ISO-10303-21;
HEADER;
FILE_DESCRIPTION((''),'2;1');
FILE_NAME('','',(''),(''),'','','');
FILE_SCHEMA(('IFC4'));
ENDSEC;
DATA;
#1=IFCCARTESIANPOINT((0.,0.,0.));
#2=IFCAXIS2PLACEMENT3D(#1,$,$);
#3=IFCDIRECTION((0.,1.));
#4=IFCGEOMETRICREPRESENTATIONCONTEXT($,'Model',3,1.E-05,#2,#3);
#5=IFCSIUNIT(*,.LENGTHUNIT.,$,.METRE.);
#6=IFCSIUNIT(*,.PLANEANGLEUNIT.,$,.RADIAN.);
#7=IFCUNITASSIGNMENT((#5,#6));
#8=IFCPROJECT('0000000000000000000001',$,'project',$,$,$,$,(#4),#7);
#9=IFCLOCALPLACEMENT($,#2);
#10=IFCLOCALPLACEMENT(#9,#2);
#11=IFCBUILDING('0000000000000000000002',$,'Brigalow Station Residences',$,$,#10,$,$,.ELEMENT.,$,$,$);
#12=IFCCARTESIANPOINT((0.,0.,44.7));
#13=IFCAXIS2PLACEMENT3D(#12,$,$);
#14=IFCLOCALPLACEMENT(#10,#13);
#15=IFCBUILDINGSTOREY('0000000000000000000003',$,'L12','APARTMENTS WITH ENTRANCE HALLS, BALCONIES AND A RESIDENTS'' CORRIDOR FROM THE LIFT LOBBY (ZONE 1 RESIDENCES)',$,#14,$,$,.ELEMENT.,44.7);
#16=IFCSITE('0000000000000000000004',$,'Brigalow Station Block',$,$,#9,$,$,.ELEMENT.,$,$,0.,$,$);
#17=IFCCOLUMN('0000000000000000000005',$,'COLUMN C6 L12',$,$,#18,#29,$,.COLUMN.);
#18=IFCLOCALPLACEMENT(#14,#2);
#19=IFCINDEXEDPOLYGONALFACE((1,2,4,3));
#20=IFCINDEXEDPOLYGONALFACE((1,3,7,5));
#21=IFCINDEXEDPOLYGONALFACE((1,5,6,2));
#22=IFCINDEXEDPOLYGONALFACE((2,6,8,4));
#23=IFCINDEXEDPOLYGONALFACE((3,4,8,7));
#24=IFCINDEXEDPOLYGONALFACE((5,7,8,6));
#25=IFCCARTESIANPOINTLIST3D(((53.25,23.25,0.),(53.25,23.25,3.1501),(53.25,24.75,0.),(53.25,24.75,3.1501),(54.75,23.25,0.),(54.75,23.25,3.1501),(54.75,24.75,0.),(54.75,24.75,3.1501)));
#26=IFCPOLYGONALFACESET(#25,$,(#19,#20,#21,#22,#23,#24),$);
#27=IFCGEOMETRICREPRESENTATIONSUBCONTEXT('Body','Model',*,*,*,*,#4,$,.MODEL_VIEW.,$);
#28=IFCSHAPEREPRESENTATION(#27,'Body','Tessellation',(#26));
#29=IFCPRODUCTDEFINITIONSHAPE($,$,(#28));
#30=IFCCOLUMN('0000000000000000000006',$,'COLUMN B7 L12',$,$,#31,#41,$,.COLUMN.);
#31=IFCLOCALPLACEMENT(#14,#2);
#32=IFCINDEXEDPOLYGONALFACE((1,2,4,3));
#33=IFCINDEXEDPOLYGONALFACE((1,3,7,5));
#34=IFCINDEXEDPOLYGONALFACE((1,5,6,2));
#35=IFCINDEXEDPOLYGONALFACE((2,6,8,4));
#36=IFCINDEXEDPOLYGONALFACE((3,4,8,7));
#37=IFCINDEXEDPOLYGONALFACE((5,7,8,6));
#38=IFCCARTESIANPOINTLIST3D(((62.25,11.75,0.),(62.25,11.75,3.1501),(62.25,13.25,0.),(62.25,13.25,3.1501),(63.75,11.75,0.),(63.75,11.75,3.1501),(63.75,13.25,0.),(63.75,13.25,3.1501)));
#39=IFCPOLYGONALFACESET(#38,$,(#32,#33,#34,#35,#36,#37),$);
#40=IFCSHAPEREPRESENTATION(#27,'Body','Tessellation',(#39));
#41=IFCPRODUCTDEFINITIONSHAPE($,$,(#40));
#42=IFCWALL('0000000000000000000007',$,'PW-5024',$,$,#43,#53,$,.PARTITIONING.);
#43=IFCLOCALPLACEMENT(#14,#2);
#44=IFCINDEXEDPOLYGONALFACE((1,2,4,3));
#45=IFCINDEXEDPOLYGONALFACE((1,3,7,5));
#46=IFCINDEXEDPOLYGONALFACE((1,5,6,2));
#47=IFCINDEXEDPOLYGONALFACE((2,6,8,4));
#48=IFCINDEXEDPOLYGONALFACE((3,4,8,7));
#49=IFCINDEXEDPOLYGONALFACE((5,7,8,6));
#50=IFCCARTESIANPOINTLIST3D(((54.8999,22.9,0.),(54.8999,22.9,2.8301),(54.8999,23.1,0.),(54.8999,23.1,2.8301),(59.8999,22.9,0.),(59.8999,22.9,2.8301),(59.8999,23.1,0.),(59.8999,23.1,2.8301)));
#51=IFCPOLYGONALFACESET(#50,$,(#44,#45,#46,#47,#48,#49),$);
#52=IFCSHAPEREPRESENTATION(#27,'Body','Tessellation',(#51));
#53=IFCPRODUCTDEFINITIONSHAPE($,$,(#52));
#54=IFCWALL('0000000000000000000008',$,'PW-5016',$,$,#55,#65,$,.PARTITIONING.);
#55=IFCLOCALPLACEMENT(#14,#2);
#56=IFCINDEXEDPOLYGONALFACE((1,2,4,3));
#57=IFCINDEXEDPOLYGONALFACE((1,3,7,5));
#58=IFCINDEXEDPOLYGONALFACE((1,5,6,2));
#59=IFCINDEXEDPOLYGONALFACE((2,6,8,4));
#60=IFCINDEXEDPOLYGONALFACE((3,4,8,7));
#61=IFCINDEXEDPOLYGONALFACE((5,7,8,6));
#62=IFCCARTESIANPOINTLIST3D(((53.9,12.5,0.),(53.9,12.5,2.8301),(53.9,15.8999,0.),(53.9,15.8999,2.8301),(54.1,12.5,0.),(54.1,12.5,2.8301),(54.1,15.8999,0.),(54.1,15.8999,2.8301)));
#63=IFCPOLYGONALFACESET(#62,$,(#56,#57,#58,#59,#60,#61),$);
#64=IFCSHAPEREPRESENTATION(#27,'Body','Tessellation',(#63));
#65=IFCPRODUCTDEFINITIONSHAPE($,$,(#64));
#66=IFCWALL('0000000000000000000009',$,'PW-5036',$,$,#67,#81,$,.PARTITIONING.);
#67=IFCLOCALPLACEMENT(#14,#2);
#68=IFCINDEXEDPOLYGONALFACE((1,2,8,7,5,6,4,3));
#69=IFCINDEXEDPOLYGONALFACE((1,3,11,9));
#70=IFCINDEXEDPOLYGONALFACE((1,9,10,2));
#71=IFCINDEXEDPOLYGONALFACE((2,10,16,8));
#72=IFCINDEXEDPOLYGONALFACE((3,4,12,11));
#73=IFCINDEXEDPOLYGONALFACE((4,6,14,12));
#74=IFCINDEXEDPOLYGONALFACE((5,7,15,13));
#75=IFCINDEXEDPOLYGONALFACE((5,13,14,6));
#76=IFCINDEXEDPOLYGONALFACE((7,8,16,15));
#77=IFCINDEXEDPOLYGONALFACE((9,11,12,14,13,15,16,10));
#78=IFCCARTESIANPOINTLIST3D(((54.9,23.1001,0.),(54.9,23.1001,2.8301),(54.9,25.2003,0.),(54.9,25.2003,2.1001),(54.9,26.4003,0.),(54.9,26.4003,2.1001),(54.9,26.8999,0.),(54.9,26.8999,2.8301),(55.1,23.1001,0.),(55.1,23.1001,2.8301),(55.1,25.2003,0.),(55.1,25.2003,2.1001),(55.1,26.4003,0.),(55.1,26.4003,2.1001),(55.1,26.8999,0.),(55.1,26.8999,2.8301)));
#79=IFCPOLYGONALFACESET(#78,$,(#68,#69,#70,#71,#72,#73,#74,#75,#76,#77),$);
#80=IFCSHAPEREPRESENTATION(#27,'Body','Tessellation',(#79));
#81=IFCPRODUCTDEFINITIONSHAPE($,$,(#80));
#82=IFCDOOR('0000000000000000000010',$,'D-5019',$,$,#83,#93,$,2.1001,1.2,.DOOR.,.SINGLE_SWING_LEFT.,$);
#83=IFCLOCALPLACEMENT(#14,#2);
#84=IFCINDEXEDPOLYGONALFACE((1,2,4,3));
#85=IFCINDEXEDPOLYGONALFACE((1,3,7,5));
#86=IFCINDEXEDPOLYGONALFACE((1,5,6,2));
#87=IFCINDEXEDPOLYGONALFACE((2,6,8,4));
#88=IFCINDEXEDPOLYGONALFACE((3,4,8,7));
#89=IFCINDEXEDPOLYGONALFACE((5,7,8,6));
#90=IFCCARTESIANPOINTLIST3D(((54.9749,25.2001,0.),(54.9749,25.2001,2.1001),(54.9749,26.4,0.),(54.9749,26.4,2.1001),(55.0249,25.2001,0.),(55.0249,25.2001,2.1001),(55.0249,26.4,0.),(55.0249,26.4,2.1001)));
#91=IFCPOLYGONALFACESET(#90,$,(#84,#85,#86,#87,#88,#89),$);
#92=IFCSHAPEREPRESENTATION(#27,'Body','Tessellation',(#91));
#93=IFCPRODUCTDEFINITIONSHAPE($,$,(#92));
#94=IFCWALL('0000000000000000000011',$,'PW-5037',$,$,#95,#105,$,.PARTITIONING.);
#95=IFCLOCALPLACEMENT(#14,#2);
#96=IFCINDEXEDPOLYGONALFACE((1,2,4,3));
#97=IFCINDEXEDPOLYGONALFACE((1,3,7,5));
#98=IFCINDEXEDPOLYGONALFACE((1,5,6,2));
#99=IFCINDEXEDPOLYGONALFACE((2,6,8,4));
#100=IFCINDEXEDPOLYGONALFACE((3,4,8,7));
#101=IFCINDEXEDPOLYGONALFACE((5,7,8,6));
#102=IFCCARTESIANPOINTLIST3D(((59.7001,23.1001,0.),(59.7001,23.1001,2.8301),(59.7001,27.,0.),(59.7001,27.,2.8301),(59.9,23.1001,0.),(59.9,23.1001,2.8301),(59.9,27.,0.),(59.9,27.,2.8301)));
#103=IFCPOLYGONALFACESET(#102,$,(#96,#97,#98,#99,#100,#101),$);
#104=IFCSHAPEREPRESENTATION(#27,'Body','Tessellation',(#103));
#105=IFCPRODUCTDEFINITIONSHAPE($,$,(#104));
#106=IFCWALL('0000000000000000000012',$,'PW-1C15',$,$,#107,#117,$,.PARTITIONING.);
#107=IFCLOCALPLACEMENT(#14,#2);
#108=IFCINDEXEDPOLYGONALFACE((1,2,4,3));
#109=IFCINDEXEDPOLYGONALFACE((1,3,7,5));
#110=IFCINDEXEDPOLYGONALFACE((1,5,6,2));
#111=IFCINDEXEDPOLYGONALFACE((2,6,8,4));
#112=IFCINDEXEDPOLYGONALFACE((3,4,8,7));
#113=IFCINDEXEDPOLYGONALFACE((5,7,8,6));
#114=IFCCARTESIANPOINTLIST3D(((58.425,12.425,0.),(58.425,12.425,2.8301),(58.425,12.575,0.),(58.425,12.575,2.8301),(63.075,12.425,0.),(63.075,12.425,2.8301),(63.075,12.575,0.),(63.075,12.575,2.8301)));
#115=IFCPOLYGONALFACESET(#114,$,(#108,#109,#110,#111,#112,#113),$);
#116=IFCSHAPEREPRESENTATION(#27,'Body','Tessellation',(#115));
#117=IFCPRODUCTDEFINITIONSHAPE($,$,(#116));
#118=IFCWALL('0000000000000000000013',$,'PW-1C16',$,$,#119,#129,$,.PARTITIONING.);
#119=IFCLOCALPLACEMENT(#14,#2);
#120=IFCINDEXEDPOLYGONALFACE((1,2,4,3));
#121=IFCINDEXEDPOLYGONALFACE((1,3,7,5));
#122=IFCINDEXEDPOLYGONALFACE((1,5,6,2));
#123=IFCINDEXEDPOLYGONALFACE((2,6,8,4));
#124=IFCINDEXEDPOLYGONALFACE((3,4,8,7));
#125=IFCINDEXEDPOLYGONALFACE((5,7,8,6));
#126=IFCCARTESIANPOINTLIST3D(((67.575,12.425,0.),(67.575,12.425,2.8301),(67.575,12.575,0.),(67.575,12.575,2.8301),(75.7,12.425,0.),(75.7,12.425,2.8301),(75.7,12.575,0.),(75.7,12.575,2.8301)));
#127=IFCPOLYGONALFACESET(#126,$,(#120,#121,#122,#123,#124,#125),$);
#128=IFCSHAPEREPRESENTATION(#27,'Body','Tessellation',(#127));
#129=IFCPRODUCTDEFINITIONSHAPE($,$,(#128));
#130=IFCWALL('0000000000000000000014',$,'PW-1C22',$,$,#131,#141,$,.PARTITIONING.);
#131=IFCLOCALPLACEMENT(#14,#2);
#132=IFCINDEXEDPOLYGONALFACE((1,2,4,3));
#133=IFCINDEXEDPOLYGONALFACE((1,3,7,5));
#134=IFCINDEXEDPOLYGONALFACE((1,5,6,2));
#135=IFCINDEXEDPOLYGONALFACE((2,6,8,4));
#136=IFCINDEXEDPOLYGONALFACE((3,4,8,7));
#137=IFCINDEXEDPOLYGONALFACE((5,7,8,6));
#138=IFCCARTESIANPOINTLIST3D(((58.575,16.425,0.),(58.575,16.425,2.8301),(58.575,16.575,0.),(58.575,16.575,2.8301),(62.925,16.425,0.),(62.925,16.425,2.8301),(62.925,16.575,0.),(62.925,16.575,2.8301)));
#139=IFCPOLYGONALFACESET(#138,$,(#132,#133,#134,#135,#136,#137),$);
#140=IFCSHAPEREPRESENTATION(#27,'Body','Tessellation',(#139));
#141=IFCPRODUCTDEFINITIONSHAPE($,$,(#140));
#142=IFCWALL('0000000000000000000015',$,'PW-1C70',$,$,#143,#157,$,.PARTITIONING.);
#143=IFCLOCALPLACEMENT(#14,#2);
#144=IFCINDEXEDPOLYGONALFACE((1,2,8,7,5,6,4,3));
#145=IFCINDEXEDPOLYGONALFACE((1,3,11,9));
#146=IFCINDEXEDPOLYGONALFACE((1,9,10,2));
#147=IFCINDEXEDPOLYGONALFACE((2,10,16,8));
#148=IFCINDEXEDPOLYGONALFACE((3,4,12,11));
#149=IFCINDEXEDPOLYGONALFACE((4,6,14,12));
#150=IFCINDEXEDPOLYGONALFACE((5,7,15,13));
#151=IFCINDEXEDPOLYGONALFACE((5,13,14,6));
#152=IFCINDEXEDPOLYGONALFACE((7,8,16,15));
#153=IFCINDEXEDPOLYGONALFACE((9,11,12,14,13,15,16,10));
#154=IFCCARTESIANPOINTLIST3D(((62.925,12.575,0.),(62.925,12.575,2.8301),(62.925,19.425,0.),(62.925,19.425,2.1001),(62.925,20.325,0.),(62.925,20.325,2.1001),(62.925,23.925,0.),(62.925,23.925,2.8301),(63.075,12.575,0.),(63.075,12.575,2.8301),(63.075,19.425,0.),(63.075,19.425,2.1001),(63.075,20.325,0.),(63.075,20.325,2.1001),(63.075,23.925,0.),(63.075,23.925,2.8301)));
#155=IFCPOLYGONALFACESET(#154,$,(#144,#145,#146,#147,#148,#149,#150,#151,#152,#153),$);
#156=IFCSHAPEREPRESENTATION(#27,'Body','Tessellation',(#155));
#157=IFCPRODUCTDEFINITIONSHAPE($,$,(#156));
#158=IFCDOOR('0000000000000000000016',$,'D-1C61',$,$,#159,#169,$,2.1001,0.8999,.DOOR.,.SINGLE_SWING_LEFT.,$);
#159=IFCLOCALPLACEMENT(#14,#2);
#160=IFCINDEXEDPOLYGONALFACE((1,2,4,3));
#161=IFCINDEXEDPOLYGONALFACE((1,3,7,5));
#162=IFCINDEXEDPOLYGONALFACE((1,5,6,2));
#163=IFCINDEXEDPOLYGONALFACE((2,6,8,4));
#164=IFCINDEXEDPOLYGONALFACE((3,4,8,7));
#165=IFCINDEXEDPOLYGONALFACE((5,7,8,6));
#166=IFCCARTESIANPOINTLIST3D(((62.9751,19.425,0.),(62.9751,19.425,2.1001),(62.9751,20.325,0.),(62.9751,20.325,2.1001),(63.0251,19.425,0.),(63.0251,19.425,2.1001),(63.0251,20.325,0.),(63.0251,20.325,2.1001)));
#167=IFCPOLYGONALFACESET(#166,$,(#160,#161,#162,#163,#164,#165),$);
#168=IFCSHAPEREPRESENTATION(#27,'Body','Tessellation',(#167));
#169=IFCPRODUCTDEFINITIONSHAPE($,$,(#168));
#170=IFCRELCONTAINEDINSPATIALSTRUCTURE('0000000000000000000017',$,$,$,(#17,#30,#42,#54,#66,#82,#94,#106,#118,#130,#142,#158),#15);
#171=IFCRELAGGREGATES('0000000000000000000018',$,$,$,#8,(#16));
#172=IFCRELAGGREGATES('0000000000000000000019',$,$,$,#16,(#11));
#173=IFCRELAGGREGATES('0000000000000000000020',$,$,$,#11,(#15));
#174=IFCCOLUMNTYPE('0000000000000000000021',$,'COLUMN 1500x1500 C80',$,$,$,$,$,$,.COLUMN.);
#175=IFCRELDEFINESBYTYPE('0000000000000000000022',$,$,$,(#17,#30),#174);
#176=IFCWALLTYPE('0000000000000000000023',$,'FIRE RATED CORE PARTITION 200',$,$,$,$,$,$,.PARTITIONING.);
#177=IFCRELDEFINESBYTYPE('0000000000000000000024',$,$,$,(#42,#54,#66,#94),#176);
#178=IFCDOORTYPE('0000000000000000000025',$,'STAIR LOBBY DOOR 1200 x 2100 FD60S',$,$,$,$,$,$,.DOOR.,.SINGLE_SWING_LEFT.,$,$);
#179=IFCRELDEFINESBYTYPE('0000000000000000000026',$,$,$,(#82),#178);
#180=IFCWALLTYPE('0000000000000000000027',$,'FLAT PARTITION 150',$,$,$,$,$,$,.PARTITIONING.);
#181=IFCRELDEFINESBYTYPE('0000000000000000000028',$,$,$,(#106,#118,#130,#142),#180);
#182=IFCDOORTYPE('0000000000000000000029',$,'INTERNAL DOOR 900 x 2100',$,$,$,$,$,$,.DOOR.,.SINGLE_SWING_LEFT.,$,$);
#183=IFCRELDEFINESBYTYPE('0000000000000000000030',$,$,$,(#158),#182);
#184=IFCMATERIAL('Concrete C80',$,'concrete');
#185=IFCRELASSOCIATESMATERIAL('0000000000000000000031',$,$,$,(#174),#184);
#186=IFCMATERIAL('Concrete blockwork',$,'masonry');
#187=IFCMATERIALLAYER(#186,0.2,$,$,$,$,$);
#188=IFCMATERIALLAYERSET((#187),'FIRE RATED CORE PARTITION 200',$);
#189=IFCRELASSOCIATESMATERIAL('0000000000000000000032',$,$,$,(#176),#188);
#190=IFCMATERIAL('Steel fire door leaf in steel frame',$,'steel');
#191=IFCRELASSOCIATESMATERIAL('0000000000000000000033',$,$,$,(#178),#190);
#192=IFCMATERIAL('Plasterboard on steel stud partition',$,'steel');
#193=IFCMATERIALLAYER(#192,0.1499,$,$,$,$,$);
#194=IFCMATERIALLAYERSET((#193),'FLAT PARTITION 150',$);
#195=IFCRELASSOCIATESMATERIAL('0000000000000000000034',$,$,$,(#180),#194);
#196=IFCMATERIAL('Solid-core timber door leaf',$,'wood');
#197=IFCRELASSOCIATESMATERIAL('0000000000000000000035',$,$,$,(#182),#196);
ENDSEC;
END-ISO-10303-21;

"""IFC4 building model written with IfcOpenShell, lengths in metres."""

from ifc_helpers import new_model, si_unit, direction, frame, frame_2d, origin, origin_2d, place, context, subcontext, project, spatial, rectangle, extrude, material, layer, layer_set, material_profile, profile_set, type_object, element, fill, save


model = new_model("IFC4")

# Units and contexts
model_context = context("Model", 3, precision=1e-05, world=origin(), true_north=direction((0.0, 1.0)))
body_context = subcontext(model_context, "Body", "Model", "MODEL_VIEW")
ifc_project = project(units=[si_unit("LENGTHUNIT", "METRE"), si_unit("PLANEANGLEUNIT", "RADIAN")], contexts=[model_context])

# Site, building, storey
site_placement = place(None, origin())
site = spatial("IfcSite", under=ifc_project, at=site_placement, Name="Brigalow Station Block", CompositionType="ELEMENT", RefElevation=0.0)
building_placement = place(site_placement, origin())
building = spatial("IfcBuilding", under=site, at=building_placement, Name="Brigalow Station Residences", CompositionType="ELEMENT")
storey_placement = place(building_placement, frame((0.0, 0.0, 44.7)))
storey = spatial("IfcBuildingStorey", under=building, at=storey_placement, Name="L12", Description="APARTMENTS WITH ENTRANCE HALLS, BALCONIES AND A RESIDENTS' CORRIDOR FROM THE LIFT LOBBY (ZONE 1 RESIDENCES)", CompositionType="ELEMENT", Elevation=44.7)

# Columns
ifc_material_1 = material(Name="Concrete C80", Category="concrete")
ifc_material_profile = material_profile(ifc_material_1, rectangle(XDim=1.5, YDim=1.5, at=origin_2d()), Name="RC1500x1500")
ifc_profile_set = profile_set([ifc_material_profile], Name="Concrete C80")
column_type = type_object("IfcColumnType", Name="COLUMN 1500x1500 C80", PredefinedType="COLUMN", material=ifc_profile_set)
for number, where, z_axis, x_axis, name in (
    (1, (54.0, 24.0, 0.0), (0.0, 0.0, 1.0), (1.0, 0.0, 0.0), "COLUMN C6 L12"),
    (2, (63.0, 12.5, 0.0), (0.0, 0.0, 1.0), (1.0, 0.0, 0.0), "COLUMN B7 L12"),
):
    element("IfcColumn", number, at=place(storey_placement, frame(where, z_axis=z_axis, x_axis=x_axis)), inside=storey, type_object=column_type, Name=name, PredefinedType="COLUMN", context=body_context, shape_type="SweptSolid", body=[
        extrude(rectangle(XDim=1.5, YDim=1.5, at=origin_2d()), origin(), (0.0, 0.0, 1.0), 3.1501),
    ])

# Walls
ifc_material_2 = material(Name="Concrete blockwork", Category="masonry")
ifc_layer_1 = layer(ifc_material_2, 0.2)
ifc_layer_set_1 = layer_set([ifc_layer_1], Name="FIRE RATED CORE PARTITION 200")
wall_type_1 = type_object("IfcWallType", Name="FIRE RATED CORE PARTITION 200", PredefinedType="PARTITIONING", material=ifc_layer_set_1)
wall_1_placement = place(storey_placement, frame((54.8999, 23.0, 0.0), z_axis=(0.0, 0.0, 1.0), x_axis=(1.0, 0.0, 0.0)))
element("IfcWall", 3, at=wall_1_placement, inside=storey, type_object=wall_type_1, Name="PW-5024", PredefinedType="PARTITIONING", context=body_context, shape_type="SweptSolid", body=[
    extrude(rectangle(XDim=5.0, YDim=0.2, at=frame_2d((2.5, 0.0))), origin(), (0.0, 0.0, 1.0), 2.8301),
])
wall_2_placement = place(storey_placement, frame((54.0, 12.5, 0.0), z_axis=(0.0, 0.0, 1.0), x_axis=(0.0, 1.0, 0.0)))
element("IfcWall", 4, at=wall_2_placement, inside=storey, type_object=wall_type_1, Name="PW-5016", PredefinedType="PARTITIONING", context=body_context, shape_type="SweptSolid", body=[
    extrude(rectangle(XDim=3.3999, YDim=0.2, at=frame_2d((1.7, 0.0))), origin(), (0.0, 0.0, 1.0), 2.8301),
])

# Wall, opening, door
wall_3_placement = place(storey_placement, frame((55.0, 23.1001, 0.0), z_axis=(0.0, 0.0, 1.0), x_axis=(0.0, 1.0, 0.0)))
wall_3 = element("IfcWall", 5, at=wall_3_placement, inside=storey, type_object=wall_type_1, Name="PW-5036", PredefinedType="PARTITIONING", context=body_context, shape_type="SweptSolid", body=[
    extrude(rectangle(XDim=3.7998, YDim=0.2, at=frame_2d((1.8999, 0.0))), origin(), (0.0, 0.0, 1.0), 2.8301),
])
opening_1_placement = place(wall_3_placement, frame((2.1001, 0.0, 0.0)))
opening_1 = element("IfcOpeningElement", 6, at=opening_1_placement, cuts=wall_3, PredefinedType="OPENING", context=body_context, shape_type="SweptSolid", body=[
    extrude(rectangle(XDim=1.2, YDim=2.1001, at=frame_2d((0.6001, 1.05))), frame((0.0, 0.1099, 0.0), z_axis=(0.0, -1.0, 0.0), x_axis=(1.0, 0.0, 0.0)), (0.0, 0.0, 1.0), 0.22),
])
ifc_material_3 = material(Name="Steel fire door leaf in steel frame", Category="steel")
door_type_1 = type_object("IfcDoorType", Name="STAIR LOBBY DOOR 1200 x 2100 FD60S", OperationType="SINGLE_SWING_LEFT", PredefinedType="DOOR", material=ifc_material_3)
door_1_placement = place(opening_1_placement, frame((1.2, 0.0, 0.0), z_axis=(0.0, 0.0, 1.0), x_axis=(-1.0, 0.0, 0.0)))
door_1 = element("IfcDoor", 7, at=door_1_placement, inside=storey, type_object=door_type_1, Name="D-5019", OperationType="SINGLE_SWING_LEFT", OverallHeight=2.1001, OverallWidth=1.2, PredefinedType="DOOR", context=body_context, shape_type="SweptSolid", body=[
    extrude(rectangle(XDim=1.2, YDim=2.1001, at=frame_2d((0.6001, 1.05))), frame((0.0, 0.0249, 0.0), z_axis=(0.0, -1.0, 0.0), x_axis=(1.0, 0.0, 0.0)), (0.0, 0.0, 1.0), 0.05),
])
fill(opening_1, door_1)

# Walls
wall_4_placement = place(storey_placement, frame((59.8, 23.1001, 0.0), z_axis=(0.0, 0.0, 1.0), x_axis=(0.0, 1.0, 0.0)))
element("IfcWall", 8, at=wall_4_placement, inside=storey, type_object=wall_type_1, Name="PW-5037", PredefinedType="PARTITIONING", context=body_context, shape_type="SweptSolid", body=[
    extrude(rectangle(XDim=3.8999, YDim=0.2, at=frame_2d((1.95, 0.0))), origin(), (0.0, 0.0, 1.0), 2.8301),
])
ifc_material_4 = material(Name="Plasterboard on steel stud partition", Category="steel")
ifc_layer_2 = layer(ifc_material_4, 0.1499)
ifc_layer_set_2 = layer_set([ifc_layer_2], Name="FLAT PARTITION 150")
wall_type_2 = type_object("IfcWallType", Name="FLAT PARTITION 150", PredefinedType="PARTITIONING", material=ifc_layer_set_2)
wall_5_placement = place(storey_placement, frame((58.425, 12.5, 0.0), z_axis=(0.0, 0.0, 1.0), x_axis=(1.0, 0.0, 0.0)))
element("IfcWall", 9, at=wall_5_placement, inside=storey, type_object=wall_type_2, Name="PW-1C15", PredefinedType="PARTITIONING", context=body_context, shape_type="SweptSolid", body=[
    extrude(rectangle(XDim=4.6499, YDim=0.1499, at=frame_2d((2.325, 0.0))), origin(), (0.0, 0.0, 1.0), 2.8301),
])
wall_6_placement = place(storey_placement, frame((67.575, 12.5, 0.0), z_axis=(0.0, 0.0, 1.0), x_axis=(1.0, 0.0, 0.0)))
element("IfcWall", 10, at=wall_6_placement, inside=storey, type_object=wall_type_2, Name="PW-1C16", PredefinedType="PARTITIONING", context=body_context, shape_type="SweptSolid", body=[
    extrude(rectangle(XDim=8.125, YDim=0.1499, at=frame_2d((4.0625, 0.0))), origin(), (0.0, 0.0, 1.0), 2.8301),
])
wall_7_placement = place(storey_placement, frame((58.575, 16.5, 0.0), z_axis=(0.0, 0.0, 1.0), x_axis=(1.0, 0.0, 0.0)))
element("IfcWall", 11, at=wall_7_placement, inside=storey, type_object=wall_type_2, Name="PW-1C22", PredefinedType="PARTITIONING", context=body_context, shape_type="SweptSolid", body=[
    extrude(rectangle(XDim=4.3501, YDim=0.1499, at=frame_2d((2.175, 0.0))), origin(), (0.0, 0.0, 1.0), 2.8301),
])

# Wall, opening, door
wall_8_placement = place(storey_placement, frame((63.0, 12.575, 0.0), z_axis=(0.0, 0.0, 1.0), x_axis=(0.0, 1.0, 0.0)))
wall_8 = element("IfcWall", 12, at=wall_8_placement, inside=storey, type_object=wall_type_2, Name="PW-1C70", PredefinedType="PARTITIONING", context=body_context, shape_type="SweptSolid", body=[
    extrude(rectangle(XDim=11.3501, YDim=0.1499, at=frame_2d((5.675, 0.0))), origin(), (0.0, 0.0, 1.0), 2.8301),
])
opening_2_placement = place(wall_8_placement, frame((6.8501, 0.0, 0.0)))
opening_2 = element("IfcOpeningElement", 13, at=opening_2_placement, cuts=wall_8, PredefinedType="OPENING", context=body_context, shape_type="SweptSolid", body=[
    extrude(rectangle(XDim=0.8999, YDim=2.1001, at=frame_2d((0.45, 1.05))), frame((0.0, 0.085, 0.0), z_axis=(0.0, -1.0, 0.0), x_axis=(1.0, 0.0, 0.0)), (0.0, 0.0, 1.0), 0.1699),
])
ifc_material_5 = material(Name="Solid-core timber door leaf", Category="wood")
door_type_2 = type_object("IfcDoorType", Name="INTERNAL DOOR 900 x 2100", OperationType="SINGLE_SWING_LEFT", PredefinedType="DOOR", material=ifc_material_5)
door_2_placement = place(opening_2_placement, origin())
door_2 = element("IfcDoor", 14, at=door_2_placement, inside=storey, type_object=door_type_2, Name="D-1C61", OperationType="SINGLE_SWING_LEFT", OverallHeight=2.1001, OverallWidth=0.8999, PredefinedType="DOOR", context=body_context, shape_type="SweptSolid", body=[
    extrude(rectangle(XDim=0.8999, YDim=2.1001, at=frame_2d((0.45, 1.05))), frame((0.0, 0.0249, 0.0), z_axis=(0.0, -1.0, 0.0), x_axis=(1.0, 0.0, 0.0)), (0.0, 0.0, 1.0), 0.05),
])
fill(opening_2, door_2)

save(model, "model.ifc")
